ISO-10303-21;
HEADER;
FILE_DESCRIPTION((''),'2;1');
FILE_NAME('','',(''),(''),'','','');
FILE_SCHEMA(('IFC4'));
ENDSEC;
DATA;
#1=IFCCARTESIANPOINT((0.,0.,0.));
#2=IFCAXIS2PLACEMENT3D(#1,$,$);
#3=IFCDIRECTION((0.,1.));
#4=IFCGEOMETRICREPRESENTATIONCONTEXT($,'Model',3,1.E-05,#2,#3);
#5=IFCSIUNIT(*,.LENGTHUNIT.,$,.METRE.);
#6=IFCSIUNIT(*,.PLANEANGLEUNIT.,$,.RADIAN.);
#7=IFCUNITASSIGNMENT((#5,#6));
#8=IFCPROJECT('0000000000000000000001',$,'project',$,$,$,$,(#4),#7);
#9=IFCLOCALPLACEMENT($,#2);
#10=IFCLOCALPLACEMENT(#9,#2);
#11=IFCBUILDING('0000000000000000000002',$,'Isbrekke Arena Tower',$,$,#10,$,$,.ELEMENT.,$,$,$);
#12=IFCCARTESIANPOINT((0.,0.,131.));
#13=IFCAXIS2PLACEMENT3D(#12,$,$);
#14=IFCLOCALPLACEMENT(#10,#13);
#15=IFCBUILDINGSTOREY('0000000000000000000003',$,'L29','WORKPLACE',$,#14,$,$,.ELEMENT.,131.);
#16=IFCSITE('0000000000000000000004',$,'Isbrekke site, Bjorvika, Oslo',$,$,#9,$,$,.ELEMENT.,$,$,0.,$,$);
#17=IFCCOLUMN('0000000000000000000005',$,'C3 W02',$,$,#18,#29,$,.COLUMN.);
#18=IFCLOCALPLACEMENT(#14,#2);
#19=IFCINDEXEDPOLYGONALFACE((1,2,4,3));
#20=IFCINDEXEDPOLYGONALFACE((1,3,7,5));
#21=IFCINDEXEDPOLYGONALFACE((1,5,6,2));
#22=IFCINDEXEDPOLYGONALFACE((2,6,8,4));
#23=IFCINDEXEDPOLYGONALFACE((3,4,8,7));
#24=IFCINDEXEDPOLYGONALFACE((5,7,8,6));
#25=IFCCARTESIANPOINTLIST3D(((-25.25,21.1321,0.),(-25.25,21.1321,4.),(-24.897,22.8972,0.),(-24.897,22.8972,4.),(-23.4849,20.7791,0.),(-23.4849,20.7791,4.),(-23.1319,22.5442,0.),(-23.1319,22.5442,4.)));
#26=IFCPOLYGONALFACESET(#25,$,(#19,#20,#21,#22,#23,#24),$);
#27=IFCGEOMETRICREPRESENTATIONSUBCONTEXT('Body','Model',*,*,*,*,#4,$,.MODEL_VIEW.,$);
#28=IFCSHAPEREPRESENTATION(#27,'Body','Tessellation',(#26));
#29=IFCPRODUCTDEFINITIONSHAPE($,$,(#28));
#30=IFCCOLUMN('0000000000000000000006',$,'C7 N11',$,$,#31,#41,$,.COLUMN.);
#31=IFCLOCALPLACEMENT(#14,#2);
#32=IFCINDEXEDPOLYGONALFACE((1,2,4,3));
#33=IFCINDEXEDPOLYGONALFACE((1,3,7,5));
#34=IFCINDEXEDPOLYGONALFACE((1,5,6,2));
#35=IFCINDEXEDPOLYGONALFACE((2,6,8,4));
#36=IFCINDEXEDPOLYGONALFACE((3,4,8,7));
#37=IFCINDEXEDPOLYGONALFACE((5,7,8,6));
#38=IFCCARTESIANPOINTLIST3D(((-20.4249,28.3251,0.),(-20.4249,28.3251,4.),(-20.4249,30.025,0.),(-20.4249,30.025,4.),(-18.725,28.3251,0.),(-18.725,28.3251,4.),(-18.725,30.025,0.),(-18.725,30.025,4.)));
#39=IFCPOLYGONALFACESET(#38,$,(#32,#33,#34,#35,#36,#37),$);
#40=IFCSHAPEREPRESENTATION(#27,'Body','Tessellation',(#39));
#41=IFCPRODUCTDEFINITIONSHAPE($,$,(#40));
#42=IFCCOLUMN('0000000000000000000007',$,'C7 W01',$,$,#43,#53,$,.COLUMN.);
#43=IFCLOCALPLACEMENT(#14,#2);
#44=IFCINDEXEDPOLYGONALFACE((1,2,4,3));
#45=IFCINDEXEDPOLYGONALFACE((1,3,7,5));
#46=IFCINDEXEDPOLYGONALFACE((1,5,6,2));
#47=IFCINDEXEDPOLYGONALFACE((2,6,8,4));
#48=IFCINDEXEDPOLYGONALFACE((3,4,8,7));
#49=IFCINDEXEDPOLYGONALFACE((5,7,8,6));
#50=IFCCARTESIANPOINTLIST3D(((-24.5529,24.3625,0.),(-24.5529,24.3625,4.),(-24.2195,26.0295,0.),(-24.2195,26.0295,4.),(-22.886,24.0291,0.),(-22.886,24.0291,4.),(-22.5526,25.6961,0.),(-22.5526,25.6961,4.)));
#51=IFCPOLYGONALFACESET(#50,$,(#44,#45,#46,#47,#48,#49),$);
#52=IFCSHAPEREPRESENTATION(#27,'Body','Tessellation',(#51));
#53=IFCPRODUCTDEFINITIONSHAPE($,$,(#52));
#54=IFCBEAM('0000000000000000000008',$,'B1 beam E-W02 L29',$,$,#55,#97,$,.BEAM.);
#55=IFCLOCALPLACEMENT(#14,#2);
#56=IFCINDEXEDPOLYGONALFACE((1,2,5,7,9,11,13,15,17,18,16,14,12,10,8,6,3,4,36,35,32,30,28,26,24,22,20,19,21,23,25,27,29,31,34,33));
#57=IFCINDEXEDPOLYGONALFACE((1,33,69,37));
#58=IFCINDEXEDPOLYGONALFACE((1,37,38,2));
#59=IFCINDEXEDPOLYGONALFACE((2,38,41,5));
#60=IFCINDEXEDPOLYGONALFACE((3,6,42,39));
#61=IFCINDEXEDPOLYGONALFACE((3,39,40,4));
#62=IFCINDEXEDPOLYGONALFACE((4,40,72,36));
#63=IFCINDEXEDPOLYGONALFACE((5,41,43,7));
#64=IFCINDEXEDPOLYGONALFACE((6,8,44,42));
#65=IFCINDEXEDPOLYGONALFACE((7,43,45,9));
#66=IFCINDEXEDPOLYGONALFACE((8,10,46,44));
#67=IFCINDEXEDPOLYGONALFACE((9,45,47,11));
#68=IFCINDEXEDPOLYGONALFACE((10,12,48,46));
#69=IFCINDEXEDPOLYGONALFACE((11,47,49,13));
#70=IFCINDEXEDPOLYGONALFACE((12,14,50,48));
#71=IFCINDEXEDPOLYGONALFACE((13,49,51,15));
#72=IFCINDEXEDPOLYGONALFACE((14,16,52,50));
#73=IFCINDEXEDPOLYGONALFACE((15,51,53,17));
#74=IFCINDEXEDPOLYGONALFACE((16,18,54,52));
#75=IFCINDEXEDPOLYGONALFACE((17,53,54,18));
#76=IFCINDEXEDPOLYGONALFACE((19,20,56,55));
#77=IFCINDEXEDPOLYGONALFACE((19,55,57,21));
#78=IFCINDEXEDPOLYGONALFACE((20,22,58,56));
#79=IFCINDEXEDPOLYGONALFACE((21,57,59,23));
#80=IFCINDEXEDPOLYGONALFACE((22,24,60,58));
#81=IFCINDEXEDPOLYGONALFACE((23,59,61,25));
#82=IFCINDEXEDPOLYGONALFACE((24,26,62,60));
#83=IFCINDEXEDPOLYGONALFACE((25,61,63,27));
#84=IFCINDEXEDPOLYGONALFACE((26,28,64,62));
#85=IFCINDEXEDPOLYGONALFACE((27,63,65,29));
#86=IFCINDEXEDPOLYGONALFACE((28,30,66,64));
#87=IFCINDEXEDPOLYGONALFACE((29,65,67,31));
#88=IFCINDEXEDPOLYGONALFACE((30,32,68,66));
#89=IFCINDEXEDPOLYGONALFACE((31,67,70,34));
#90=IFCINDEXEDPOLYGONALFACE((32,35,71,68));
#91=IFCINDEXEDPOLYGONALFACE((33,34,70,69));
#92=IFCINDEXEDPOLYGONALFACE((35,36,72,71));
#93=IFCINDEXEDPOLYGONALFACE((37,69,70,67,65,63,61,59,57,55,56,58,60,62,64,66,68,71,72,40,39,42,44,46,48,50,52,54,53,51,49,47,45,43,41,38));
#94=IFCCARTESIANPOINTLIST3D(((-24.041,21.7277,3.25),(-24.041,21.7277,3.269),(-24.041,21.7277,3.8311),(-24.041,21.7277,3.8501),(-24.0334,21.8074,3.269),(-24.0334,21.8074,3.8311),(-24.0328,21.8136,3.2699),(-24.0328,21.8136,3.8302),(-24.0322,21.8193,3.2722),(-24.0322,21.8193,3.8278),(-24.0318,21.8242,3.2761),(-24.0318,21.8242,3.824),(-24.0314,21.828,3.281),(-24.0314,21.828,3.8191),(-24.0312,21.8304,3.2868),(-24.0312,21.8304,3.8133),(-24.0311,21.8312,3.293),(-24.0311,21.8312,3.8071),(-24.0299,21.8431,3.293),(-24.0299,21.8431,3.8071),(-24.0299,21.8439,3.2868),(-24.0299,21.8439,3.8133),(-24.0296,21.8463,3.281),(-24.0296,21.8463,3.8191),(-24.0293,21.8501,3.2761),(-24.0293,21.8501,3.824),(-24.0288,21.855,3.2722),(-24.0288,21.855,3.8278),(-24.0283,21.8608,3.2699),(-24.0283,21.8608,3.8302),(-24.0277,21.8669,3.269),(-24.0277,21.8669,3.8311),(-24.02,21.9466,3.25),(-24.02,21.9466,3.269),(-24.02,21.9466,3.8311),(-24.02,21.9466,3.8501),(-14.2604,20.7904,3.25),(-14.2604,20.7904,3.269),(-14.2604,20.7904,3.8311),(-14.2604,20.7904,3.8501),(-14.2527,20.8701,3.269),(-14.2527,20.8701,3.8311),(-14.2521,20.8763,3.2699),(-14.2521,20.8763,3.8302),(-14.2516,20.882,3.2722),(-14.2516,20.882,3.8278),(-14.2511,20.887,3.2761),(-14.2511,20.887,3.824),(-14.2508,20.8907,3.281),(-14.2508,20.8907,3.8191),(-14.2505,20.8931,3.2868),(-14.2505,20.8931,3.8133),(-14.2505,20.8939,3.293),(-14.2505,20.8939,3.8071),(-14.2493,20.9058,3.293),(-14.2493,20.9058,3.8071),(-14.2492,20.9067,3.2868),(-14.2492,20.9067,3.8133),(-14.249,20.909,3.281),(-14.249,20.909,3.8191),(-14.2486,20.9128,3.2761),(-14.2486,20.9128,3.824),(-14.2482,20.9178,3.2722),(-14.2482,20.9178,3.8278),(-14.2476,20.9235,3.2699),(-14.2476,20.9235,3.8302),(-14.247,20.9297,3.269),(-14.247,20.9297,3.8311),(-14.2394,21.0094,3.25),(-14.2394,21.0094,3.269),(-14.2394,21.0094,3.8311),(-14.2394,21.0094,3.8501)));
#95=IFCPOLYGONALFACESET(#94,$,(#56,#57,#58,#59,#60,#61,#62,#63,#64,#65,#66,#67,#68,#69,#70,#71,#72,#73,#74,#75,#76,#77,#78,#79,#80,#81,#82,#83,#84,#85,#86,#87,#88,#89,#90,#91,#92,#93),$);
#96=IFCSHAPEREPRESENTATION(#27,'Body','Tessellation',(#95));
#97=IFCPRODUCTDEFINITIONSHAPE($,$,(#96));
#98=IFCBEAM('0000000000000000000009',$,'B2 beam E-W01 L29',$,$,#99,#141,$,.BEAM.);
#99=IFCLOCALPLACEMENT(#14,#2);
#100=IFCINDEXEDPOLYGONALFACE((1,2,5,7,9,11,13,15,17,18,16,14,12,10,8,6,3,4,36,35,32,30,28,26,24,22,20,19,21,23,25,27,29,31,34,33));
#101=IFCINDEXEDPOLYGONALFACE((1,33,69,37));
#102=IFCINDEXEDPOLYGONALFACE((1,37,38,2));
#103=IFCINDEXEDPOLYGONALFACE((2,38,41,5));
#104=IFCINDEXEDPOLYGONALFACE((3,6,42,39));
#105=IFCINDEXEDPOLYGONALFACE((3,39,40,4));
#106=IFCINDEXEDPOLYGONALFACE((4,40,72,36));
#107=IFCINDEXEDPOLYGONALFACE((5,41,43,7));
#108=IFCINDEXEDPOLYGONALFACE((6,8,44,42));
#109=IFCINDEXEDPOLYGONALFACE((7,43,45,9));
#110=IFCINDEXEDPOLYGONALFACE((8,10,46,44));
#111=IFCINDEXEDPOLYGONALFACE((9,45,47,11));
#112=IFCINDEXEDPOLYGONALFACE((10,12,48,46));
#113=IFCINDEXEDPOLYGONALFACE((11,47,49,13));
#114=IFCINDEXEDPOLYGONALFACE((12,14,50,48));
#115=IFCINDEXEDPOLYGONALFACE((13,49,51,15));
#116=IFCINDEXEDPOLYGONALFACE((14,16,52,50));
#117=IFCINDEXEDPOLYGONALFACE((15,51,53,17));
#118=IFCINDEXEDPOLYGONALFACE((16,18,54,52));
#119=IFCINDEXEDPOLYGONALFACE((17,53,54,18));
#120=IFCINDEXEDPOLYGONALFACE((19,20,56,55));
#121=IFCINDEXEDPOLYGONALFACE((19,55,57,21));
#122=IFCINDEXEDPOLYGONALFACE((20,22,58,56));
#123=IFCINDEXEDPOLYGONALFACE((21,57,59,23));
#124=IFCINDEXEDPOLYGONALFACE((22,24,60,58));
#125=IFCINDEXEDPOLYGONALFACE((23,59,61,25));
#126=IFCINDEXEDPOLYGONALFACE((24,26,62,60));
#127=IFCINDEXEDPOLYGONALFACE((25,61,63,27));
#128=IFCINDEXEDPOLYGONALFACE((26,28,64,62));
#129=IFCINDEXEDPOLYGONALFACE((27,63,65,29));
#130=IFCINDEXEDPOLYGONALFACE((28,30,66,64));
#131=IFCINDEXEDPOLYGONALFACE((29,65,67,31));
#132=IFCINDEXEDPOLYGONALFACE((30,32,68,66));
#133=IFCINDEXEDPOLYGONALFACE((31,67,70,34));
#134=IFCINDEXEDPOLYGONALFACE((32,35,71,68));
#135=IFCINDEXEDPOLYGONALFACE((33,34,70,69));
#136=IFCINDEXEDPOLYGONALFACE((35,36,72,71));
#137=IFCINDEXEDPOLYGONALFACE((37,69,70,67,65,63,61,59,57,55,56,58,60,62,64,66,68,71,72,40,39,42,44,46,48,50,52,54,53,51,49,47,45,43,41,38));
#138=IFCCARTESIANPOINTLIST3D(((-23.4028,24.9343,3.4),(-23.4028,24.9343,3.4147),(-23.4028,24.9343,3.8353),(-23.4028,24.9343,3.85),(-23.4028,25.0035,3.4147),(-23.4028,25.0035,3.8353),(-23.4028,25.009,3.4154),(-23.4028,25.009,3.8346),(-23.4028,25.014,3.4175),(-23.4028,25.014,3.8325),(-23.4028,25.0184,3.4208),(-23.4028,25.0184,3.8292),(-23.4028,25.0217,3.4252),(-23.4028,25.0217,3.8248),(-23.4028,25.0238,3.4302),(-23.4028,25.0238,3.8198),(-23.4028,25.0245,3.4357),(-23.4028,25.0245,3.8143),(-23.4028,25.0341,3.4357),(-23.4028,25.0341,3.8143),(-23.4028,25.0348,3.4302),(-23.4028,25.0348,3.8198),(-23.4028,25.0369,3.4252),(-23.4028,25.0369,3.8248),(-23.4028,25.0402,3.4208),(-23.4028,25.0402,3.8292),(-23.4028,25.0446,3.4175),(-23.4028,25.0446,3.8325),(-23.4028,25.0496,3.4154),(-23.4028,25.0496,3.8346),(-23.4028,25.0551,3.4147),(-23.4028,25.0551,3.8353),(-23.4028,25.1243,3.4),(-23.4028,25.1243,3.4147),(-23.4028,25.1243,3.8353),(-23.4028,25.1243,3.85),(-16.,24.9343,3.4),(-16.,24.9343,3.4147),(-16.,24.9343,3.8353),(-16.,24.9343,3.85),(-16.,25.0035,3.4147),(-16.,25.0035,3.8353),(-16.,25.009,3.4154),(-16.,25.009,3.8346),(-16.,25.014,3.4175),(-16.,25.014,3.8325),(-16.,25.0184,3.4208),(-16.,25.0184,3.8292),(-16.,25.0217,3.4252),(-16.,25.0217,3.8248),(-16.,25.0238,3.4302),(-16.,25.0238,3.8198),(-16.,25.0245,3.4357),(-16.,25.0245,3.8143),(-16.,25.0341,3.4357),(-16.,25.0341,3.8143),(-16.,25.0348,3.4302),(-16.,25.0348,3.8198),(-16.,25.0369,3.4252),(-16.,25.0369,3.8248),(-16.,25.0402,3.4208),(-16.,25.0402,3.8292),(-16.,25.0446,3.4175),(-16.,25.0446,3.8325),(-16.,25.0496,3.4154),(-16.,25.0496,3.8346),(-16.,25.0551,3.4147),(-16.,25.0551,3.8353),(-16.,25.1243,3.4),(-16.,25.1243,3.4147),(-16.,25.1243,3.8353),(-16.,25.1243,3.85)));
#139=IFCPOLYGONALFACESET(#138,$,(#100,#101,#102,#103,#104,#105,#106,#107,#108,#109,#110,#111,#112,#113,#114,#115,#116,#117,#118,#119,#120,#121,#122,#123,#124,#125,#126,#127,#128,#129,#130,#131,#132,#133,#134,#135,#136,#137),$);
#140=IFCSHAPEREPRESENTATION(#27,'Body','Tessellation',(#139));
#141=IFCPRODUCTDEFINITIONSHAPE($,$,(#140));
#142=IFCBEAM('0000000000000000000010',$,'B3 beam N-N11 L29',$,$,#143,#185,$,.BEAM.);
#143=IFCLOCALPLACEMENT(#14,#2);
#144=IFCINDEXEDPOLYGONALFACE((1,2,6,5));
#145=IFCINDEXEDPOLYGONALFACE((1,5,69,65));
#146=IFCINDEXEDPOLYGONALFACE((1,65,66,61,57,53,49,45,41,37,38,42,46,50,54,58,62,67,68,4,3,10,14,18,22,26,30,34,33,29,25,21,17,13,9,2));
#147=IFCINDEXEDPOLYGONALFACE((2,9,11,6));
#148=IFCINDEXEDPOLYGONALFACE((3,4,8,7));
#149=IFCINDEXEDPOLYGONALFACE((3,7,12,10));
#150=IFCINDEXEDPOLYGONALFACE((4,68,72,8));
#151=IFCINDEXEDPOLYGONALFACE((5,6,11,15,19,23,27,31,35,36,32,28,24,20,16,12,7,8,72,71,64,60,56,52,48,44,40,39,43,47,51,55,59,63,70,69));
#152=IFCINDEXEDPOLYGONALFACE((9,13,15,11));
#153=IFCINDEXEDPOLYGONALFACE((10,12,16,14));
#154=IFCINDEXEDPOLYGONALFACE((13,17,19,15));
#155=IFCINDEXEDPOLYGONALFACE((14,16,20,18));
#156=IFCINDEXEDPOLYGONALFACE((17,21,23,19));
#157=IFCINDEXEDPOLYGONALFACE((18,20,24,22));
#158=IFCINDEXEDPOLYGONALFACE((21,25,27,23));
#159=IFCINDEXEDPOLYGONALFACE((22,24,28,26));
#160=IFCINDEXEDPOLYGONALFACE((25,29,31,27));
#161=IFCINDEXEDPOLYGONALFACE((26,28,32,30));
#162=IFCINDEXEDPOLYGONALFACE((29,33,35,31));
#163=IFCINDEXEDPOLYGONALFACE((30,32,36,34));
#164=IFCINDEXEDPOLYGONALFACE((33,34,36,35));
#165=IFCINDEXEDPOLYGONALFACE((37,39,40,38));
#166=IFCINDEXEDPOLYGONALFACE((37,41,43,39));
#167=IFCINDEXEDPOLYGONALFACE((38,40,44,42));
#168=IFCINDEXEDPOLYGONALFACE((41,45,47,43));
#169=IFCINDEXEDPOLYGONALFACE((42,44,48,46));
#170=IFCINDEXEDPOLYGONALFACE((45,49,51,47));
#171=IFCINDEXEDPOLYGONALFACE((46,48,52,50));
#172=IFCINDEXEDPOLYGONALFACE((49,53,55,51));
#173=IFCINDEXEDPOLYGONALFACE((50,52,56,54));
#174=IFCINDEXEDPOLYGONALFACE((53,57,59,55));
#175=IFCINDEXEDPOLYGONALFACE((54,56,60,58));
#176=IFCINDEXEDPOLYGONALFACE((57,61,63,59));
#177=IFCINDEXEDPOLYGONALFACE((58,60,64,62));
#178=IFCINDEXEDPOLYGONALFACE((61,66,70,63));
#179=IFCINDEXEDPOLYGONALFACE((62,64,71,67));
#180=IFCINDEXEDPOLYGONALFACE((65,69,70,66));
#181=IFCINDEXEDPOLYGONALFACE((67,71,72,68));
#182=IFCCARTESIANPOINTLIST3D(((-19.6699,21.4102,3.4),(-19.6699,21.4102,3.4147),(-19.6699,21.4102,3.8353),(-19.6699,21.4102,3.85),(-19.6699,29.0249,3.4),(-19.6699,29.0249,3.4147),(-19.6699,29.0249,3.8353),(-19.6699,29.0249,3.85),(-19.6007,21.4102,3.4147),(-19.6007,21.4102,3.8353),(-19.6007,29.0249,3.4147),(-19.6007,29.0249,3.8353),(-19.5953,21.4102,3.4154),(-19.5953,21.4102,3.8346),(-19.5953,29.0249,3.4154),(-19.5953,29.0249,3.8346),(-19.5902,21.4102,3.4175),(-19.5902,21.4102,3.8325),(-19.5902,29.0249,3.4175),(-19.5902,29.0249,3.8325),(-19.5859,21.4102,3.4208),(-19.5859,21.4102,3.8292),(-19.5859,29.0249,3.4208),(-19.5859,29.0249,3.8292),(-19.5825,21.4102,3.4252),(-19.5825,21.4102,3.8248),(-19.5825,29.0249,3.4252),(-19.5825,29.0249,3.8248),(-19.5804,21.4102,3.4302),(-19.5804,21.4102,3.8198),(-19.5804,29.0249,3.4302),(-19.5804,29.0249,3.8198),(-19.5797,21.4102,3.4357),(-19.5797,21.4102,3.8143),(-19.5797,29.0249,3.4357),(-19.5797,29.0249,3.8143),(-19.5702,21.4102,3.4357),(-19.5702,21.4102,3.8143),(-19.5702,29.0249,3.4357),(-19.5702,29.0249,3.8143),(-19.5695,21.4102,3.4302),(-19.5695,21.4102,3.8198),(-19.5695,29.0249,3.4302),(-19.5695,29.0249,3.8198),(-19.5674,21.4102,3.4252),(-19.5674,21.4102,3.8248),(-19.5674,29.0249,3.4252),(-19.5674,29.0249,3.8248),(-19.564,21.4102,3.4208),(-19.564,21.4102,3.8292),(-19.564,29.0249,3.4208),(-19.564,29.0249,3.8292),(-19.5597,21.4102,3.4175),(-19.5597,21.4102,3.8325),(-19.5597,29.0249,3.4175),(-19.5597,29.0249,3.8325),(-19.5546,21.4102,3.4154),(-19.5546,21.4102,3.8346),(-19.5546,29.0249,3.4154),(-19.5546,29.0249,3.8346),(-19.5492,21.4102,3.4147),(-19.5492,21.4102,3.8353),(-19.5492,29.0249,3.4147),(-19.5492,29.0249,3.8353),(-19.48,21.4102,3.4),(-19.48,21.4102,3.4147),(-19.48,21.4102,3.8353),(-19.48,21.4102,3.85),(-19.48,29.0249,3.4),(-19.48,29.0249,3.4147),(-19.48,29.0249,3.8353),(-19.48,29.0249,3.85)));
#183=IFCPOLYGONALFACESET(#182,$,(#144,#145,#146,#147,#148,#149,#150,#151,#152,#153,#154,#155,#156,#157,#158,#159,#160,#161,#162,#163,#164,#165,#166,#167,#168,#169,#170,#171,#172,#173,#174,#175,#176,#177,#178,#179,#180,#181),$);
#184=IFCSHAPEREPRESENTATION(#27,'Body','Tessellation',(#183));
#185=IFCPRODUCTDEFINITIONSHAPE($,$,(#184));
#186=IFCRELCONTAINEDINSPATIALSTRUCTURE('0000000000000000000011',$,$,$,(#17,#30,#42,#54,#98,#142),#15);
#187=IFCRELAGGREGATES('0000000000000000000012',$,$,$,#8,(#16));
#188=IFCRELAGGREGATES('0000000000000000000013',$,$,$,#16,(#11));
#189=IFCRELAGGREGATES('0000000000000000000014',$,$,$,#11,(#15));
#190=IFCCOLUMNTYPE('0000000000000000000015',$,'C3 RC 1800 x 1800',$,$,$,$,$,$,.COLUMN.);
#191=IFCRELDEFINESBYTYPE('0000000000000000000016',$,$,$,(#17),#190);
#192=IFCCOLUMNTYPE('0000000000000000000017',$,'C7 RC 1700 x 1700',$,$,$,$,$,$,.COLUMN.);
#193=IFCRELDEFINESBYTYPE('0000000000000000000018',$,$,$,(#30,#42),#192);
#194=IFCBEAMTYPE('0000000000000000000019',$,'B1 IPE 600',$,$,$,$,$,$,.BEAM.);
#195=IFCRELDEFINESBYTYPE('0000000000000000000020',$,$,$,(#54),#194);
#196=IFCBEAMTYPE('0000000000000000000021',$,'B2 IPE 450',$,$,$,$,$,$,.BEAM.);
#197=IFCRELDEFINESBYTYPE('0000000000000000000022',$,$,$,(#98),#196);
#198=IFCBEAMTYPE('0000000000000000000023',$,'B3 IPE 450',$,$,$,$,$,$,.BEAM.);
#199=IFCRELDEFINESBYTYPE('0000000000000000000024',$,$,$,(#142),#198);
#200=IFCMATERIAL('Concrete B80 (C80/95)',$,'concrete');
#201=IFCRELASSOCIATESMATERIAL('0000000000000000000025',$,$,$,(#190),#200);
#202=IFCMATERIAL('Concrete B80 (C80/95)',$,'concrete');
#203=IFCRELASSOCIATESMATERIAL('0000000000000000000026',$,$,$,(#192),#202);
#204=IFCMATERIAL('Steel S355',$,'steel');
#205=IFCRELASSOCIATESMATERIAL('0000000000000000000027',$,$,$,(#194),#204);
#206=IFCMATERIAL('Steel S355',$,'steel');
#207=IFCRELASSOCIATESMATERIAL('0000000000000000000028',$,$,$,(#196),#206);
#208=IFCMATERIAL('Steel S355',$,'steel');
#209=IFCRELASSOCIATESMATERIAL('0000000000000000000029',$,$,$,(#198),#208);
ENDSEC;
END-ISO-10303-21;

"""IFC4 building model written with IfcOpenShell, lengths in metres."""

from ifc_helpers import new_model, si_unit, direction, frame, origin, origin_2d, place, context, subcontext, project, spatial, rectangle, i_section, extrude, material, material_profile, profile_set, type_object, element, save


model = new_model("IFC4")

# Units and contexts
model_context = context("Model", 3, precision=1e-05, world=origin(), true_north=direction((0.0, 1.0)))
body_context = subcontext(model_context, "Body", "Model", "MODEL_VIEW")
ifc_project = project(units=[si_unit("LENGTHUNIT", "METRE"), si_unit("PLANEANGLEUNIT", "RADIAN")], contexts=[model_context])

# Site, building, storey
site_placement = place(None, origin())
site = spatial("IfcSite", under=ifc_project, at=site_placement, Name="Isbrekke site, Bjorvika, Oslo", CompositionType="ELEMENT", RefElevation=0.0)
building_placement = place(site_placement, origin())
building = spatial("IfcBuilding", under=site, at=building_placement, Name="Isbrekke Arena Tower", CompositionType="ELEMENT")
storey_placement = place(building_placement, frame((0.0, 0.0, 131.0)))
storey = spatial("IfcBuildingStorey", under=building, at=storey_placement, Name="L29", Description="WORKPLACE", CompositionType="ELEMENT", Elevation=131.0)

# Columns
ifc_material_1 = material(Name="Concrete B80 (C80/95)", Category="concrete")
ifc_material_profile_1 = material_profile(ifc_material_1, rectangle(XDim=1.8, YDim=1.8, at=origin_2d()), Name="RC 1800x1800")
ifc_profile_set_1 = profile_set([ifc_material_profile_1], Name="Concrete B80 (C80/95)")
column_type_1 = type_object("IfcColumnType", Name="C3 RC 1800 x 1800", PredefinedType="COLUMN", material=ifc_profile_set_1)
column_placement = place(storey_placement, frame((-24.1909, 21.8381, 0.0), z_axis=(0.0, 0.0, 1.0), x_axis=(-0.196116, -0.980581, 0.0)))
element("IfcColumn", 1, at=column_placement, inside=storey, type_object=column_type_1, Name="C3 W02", PredefinedType="COLUMN", context=body_context, shape_type="SweptSolid", body=[
    extrude(rectangle(XDim=1.8, YDim=1.8, at=origin_2d()), origin(), (0.0, 0.0, 1.0), 4.0),
])
ifc_material_2 = material(Name="Concrete B80 (C80/95)", Category="concrete")
ifc_material_profile_2 = material_profile(ifc_material_2, rectangle(XDim=1.7, YDim=1.7, at=origin_2d()), Name="RC 1700x1700")
ifc_profile_set_2 = profile_set([ifc_material_profile_2], Name="Concrete B80 (C80/95)")
column_type_2 = type_object("IfcColumnType", Name="C7 RC 1700 x 1700", PredefinedType="COLUMN", material=ifc_profile_set_2)
for number, where, z_axis, x_axis, name in (
    (2, (-19.575, 29.175, 0.0), (0.0, 0.0, 1.0), (-1.0, 0.0, 0.0), "C7 N11"),
    (3, (-23.5527, 25.0293, 0.0), (0.0, 0.0, 1.0), (-0.196116, -0.980581, 0.0), "C7 W01"),
):
    element("IfcColumn", number, at=place(storey_placement, frame(where, z_axis=z_axis, x_axis=x_axis)), inside=storey, type_object=column_type_2, Name=name, PredefinedType="COLUMN", context=body_context, shape_type="SweptSolid", body=[
        extrude(rectangle(XDim=1.7, YDim=1.7, at=origin_2d()), origin(), (0.0, 0.0, 1.0), 4.0),
    ])

# Beams
ifc_material_3 = material(Name="Steel S355", Category="steel")
ifc_material_profile_3 = material_profile(ifc_material_3, i_section(OverallWidth=0.22, OverallDepth=0.6001, WebThickness=0.012, FlangeThickness=0.019, FilletRadius=0.0239, at=origin_2d()), Name="IPE 600")
ifc_profile_set_3 = profile_set([ifc_material_profile_3], Name="Steel S355")
beam_type_1 = type_object("IfcBeamType", Name="B1 IPE 600", PredefinedType="BEAM", material=ifc_profile_set_3)
beam_1_placement = place(storey_placement, frame((-24.0305, 21.8372, 3.55), z_axis=(0.99544, -0.095392, 0.0), x_axis=(0.095392, 0.99544, 0.0)))
element("IfcBeam", 4, at=beam_1_placement, inside=storey, type_object=beam_type_1, Name="B1 beam E-W02 L29", PredefinedType="BEAM", context=body_context, shape_type="SweptSolid", body=[
    extrude(i_section(OverallWidth=0.22, OverallDepth=0.6001, WebThickness=0.012, FlangeThickness=0.019, FilletRadius=0.0239, at=origin_2d()), origin(), (0.0, 0.0, 1.0), 9.8254),
])
ifc_material_4 = material(Name="Steel S355", Category="steel")
ifc_material_profile_4 = material_profile(ifc_material_4, i_section(OverallWidth=0.1899, OverallDepth=0.45, WebThickness=0.0095, FlangeThickness=0.0146, FilletRadius=0.021, at=origin_2d()), Name="IPE 450")
ifc_profile_set_4 = profile_set([ifc_material_profile_4], Name="Steel S355")
beam_type_2 = type_object("IfcBeamType", Name="B2 IPE 450", PredefinedType="BEAM", material=ifc_profile_set_4)
beam_2_placement = place(storey_placement, frame((-23.4028, 25.0293, 3.625), z_axis=(1.0, 0.0, 0.0), x_axis=(0.0, 1.0, 0.0)))
element("IfcBeam", 5, at=beam_2_placement, inside=storey, type_object=beam_type_2, Name="B2 beam E-W01 L29", PredefinedType="BEAM", context=body_context, shape_type="SweptSolid", body=[
    extrude(i_section(OverallWidth=0.1899, OverallDepth=0.45, WebThickness=0.0095, FlangeThickness=0.0146, FilletRadius=0.021, at=origin_2d()), origin(), (0.0, 0.0, 1.0), 7.4028),
])
ifc_material_5 = material(Name="Steel S355", Category="steel")
ifc_material_profile_5 = material_profile(ifc_material_5, i_section(OverallWidth=0.1899, OverallDepth=0.45, WebThickness=0.0095, FlangeThickness=0.0146, FilletRadius=0.021, at=origin_2d()), Name="IPE 450")
ifc_profile_set_5 = profile_set([ifc_material_profile_5], Name="Steel S355")
beam_type_3 = type_object("IfcBeamType", Name="B3 IPE 450", PredefinedType="BEAM", material=ifc_profile_set_5)
beam_3_placement = place(storey_placement, frame((-19.575, 29.0249, 3.625), z_axis=(0.0, -1.0, 0.0), x_axis=(1.0, 0.0, 0.0)))
element("IfcBeam", 6, at=beam_3_placement, inside=storey, type_object=beam_type_3, Name="B3 beam N-N11 L29", PredefinedType="BEAM", context=body_context, shape_type="SweptSolid", body=[
    extrude(i_section(OverallWidth=0.1899, OverallDepth=0.45, WebThickness=0.0095, FlangeThickness=0.0146, FilletRadius=0.021, at=origin_2d()), origin(), (0.0, 0.0, 1.0), 7.6147),
])

save(model, "model.ifc")
